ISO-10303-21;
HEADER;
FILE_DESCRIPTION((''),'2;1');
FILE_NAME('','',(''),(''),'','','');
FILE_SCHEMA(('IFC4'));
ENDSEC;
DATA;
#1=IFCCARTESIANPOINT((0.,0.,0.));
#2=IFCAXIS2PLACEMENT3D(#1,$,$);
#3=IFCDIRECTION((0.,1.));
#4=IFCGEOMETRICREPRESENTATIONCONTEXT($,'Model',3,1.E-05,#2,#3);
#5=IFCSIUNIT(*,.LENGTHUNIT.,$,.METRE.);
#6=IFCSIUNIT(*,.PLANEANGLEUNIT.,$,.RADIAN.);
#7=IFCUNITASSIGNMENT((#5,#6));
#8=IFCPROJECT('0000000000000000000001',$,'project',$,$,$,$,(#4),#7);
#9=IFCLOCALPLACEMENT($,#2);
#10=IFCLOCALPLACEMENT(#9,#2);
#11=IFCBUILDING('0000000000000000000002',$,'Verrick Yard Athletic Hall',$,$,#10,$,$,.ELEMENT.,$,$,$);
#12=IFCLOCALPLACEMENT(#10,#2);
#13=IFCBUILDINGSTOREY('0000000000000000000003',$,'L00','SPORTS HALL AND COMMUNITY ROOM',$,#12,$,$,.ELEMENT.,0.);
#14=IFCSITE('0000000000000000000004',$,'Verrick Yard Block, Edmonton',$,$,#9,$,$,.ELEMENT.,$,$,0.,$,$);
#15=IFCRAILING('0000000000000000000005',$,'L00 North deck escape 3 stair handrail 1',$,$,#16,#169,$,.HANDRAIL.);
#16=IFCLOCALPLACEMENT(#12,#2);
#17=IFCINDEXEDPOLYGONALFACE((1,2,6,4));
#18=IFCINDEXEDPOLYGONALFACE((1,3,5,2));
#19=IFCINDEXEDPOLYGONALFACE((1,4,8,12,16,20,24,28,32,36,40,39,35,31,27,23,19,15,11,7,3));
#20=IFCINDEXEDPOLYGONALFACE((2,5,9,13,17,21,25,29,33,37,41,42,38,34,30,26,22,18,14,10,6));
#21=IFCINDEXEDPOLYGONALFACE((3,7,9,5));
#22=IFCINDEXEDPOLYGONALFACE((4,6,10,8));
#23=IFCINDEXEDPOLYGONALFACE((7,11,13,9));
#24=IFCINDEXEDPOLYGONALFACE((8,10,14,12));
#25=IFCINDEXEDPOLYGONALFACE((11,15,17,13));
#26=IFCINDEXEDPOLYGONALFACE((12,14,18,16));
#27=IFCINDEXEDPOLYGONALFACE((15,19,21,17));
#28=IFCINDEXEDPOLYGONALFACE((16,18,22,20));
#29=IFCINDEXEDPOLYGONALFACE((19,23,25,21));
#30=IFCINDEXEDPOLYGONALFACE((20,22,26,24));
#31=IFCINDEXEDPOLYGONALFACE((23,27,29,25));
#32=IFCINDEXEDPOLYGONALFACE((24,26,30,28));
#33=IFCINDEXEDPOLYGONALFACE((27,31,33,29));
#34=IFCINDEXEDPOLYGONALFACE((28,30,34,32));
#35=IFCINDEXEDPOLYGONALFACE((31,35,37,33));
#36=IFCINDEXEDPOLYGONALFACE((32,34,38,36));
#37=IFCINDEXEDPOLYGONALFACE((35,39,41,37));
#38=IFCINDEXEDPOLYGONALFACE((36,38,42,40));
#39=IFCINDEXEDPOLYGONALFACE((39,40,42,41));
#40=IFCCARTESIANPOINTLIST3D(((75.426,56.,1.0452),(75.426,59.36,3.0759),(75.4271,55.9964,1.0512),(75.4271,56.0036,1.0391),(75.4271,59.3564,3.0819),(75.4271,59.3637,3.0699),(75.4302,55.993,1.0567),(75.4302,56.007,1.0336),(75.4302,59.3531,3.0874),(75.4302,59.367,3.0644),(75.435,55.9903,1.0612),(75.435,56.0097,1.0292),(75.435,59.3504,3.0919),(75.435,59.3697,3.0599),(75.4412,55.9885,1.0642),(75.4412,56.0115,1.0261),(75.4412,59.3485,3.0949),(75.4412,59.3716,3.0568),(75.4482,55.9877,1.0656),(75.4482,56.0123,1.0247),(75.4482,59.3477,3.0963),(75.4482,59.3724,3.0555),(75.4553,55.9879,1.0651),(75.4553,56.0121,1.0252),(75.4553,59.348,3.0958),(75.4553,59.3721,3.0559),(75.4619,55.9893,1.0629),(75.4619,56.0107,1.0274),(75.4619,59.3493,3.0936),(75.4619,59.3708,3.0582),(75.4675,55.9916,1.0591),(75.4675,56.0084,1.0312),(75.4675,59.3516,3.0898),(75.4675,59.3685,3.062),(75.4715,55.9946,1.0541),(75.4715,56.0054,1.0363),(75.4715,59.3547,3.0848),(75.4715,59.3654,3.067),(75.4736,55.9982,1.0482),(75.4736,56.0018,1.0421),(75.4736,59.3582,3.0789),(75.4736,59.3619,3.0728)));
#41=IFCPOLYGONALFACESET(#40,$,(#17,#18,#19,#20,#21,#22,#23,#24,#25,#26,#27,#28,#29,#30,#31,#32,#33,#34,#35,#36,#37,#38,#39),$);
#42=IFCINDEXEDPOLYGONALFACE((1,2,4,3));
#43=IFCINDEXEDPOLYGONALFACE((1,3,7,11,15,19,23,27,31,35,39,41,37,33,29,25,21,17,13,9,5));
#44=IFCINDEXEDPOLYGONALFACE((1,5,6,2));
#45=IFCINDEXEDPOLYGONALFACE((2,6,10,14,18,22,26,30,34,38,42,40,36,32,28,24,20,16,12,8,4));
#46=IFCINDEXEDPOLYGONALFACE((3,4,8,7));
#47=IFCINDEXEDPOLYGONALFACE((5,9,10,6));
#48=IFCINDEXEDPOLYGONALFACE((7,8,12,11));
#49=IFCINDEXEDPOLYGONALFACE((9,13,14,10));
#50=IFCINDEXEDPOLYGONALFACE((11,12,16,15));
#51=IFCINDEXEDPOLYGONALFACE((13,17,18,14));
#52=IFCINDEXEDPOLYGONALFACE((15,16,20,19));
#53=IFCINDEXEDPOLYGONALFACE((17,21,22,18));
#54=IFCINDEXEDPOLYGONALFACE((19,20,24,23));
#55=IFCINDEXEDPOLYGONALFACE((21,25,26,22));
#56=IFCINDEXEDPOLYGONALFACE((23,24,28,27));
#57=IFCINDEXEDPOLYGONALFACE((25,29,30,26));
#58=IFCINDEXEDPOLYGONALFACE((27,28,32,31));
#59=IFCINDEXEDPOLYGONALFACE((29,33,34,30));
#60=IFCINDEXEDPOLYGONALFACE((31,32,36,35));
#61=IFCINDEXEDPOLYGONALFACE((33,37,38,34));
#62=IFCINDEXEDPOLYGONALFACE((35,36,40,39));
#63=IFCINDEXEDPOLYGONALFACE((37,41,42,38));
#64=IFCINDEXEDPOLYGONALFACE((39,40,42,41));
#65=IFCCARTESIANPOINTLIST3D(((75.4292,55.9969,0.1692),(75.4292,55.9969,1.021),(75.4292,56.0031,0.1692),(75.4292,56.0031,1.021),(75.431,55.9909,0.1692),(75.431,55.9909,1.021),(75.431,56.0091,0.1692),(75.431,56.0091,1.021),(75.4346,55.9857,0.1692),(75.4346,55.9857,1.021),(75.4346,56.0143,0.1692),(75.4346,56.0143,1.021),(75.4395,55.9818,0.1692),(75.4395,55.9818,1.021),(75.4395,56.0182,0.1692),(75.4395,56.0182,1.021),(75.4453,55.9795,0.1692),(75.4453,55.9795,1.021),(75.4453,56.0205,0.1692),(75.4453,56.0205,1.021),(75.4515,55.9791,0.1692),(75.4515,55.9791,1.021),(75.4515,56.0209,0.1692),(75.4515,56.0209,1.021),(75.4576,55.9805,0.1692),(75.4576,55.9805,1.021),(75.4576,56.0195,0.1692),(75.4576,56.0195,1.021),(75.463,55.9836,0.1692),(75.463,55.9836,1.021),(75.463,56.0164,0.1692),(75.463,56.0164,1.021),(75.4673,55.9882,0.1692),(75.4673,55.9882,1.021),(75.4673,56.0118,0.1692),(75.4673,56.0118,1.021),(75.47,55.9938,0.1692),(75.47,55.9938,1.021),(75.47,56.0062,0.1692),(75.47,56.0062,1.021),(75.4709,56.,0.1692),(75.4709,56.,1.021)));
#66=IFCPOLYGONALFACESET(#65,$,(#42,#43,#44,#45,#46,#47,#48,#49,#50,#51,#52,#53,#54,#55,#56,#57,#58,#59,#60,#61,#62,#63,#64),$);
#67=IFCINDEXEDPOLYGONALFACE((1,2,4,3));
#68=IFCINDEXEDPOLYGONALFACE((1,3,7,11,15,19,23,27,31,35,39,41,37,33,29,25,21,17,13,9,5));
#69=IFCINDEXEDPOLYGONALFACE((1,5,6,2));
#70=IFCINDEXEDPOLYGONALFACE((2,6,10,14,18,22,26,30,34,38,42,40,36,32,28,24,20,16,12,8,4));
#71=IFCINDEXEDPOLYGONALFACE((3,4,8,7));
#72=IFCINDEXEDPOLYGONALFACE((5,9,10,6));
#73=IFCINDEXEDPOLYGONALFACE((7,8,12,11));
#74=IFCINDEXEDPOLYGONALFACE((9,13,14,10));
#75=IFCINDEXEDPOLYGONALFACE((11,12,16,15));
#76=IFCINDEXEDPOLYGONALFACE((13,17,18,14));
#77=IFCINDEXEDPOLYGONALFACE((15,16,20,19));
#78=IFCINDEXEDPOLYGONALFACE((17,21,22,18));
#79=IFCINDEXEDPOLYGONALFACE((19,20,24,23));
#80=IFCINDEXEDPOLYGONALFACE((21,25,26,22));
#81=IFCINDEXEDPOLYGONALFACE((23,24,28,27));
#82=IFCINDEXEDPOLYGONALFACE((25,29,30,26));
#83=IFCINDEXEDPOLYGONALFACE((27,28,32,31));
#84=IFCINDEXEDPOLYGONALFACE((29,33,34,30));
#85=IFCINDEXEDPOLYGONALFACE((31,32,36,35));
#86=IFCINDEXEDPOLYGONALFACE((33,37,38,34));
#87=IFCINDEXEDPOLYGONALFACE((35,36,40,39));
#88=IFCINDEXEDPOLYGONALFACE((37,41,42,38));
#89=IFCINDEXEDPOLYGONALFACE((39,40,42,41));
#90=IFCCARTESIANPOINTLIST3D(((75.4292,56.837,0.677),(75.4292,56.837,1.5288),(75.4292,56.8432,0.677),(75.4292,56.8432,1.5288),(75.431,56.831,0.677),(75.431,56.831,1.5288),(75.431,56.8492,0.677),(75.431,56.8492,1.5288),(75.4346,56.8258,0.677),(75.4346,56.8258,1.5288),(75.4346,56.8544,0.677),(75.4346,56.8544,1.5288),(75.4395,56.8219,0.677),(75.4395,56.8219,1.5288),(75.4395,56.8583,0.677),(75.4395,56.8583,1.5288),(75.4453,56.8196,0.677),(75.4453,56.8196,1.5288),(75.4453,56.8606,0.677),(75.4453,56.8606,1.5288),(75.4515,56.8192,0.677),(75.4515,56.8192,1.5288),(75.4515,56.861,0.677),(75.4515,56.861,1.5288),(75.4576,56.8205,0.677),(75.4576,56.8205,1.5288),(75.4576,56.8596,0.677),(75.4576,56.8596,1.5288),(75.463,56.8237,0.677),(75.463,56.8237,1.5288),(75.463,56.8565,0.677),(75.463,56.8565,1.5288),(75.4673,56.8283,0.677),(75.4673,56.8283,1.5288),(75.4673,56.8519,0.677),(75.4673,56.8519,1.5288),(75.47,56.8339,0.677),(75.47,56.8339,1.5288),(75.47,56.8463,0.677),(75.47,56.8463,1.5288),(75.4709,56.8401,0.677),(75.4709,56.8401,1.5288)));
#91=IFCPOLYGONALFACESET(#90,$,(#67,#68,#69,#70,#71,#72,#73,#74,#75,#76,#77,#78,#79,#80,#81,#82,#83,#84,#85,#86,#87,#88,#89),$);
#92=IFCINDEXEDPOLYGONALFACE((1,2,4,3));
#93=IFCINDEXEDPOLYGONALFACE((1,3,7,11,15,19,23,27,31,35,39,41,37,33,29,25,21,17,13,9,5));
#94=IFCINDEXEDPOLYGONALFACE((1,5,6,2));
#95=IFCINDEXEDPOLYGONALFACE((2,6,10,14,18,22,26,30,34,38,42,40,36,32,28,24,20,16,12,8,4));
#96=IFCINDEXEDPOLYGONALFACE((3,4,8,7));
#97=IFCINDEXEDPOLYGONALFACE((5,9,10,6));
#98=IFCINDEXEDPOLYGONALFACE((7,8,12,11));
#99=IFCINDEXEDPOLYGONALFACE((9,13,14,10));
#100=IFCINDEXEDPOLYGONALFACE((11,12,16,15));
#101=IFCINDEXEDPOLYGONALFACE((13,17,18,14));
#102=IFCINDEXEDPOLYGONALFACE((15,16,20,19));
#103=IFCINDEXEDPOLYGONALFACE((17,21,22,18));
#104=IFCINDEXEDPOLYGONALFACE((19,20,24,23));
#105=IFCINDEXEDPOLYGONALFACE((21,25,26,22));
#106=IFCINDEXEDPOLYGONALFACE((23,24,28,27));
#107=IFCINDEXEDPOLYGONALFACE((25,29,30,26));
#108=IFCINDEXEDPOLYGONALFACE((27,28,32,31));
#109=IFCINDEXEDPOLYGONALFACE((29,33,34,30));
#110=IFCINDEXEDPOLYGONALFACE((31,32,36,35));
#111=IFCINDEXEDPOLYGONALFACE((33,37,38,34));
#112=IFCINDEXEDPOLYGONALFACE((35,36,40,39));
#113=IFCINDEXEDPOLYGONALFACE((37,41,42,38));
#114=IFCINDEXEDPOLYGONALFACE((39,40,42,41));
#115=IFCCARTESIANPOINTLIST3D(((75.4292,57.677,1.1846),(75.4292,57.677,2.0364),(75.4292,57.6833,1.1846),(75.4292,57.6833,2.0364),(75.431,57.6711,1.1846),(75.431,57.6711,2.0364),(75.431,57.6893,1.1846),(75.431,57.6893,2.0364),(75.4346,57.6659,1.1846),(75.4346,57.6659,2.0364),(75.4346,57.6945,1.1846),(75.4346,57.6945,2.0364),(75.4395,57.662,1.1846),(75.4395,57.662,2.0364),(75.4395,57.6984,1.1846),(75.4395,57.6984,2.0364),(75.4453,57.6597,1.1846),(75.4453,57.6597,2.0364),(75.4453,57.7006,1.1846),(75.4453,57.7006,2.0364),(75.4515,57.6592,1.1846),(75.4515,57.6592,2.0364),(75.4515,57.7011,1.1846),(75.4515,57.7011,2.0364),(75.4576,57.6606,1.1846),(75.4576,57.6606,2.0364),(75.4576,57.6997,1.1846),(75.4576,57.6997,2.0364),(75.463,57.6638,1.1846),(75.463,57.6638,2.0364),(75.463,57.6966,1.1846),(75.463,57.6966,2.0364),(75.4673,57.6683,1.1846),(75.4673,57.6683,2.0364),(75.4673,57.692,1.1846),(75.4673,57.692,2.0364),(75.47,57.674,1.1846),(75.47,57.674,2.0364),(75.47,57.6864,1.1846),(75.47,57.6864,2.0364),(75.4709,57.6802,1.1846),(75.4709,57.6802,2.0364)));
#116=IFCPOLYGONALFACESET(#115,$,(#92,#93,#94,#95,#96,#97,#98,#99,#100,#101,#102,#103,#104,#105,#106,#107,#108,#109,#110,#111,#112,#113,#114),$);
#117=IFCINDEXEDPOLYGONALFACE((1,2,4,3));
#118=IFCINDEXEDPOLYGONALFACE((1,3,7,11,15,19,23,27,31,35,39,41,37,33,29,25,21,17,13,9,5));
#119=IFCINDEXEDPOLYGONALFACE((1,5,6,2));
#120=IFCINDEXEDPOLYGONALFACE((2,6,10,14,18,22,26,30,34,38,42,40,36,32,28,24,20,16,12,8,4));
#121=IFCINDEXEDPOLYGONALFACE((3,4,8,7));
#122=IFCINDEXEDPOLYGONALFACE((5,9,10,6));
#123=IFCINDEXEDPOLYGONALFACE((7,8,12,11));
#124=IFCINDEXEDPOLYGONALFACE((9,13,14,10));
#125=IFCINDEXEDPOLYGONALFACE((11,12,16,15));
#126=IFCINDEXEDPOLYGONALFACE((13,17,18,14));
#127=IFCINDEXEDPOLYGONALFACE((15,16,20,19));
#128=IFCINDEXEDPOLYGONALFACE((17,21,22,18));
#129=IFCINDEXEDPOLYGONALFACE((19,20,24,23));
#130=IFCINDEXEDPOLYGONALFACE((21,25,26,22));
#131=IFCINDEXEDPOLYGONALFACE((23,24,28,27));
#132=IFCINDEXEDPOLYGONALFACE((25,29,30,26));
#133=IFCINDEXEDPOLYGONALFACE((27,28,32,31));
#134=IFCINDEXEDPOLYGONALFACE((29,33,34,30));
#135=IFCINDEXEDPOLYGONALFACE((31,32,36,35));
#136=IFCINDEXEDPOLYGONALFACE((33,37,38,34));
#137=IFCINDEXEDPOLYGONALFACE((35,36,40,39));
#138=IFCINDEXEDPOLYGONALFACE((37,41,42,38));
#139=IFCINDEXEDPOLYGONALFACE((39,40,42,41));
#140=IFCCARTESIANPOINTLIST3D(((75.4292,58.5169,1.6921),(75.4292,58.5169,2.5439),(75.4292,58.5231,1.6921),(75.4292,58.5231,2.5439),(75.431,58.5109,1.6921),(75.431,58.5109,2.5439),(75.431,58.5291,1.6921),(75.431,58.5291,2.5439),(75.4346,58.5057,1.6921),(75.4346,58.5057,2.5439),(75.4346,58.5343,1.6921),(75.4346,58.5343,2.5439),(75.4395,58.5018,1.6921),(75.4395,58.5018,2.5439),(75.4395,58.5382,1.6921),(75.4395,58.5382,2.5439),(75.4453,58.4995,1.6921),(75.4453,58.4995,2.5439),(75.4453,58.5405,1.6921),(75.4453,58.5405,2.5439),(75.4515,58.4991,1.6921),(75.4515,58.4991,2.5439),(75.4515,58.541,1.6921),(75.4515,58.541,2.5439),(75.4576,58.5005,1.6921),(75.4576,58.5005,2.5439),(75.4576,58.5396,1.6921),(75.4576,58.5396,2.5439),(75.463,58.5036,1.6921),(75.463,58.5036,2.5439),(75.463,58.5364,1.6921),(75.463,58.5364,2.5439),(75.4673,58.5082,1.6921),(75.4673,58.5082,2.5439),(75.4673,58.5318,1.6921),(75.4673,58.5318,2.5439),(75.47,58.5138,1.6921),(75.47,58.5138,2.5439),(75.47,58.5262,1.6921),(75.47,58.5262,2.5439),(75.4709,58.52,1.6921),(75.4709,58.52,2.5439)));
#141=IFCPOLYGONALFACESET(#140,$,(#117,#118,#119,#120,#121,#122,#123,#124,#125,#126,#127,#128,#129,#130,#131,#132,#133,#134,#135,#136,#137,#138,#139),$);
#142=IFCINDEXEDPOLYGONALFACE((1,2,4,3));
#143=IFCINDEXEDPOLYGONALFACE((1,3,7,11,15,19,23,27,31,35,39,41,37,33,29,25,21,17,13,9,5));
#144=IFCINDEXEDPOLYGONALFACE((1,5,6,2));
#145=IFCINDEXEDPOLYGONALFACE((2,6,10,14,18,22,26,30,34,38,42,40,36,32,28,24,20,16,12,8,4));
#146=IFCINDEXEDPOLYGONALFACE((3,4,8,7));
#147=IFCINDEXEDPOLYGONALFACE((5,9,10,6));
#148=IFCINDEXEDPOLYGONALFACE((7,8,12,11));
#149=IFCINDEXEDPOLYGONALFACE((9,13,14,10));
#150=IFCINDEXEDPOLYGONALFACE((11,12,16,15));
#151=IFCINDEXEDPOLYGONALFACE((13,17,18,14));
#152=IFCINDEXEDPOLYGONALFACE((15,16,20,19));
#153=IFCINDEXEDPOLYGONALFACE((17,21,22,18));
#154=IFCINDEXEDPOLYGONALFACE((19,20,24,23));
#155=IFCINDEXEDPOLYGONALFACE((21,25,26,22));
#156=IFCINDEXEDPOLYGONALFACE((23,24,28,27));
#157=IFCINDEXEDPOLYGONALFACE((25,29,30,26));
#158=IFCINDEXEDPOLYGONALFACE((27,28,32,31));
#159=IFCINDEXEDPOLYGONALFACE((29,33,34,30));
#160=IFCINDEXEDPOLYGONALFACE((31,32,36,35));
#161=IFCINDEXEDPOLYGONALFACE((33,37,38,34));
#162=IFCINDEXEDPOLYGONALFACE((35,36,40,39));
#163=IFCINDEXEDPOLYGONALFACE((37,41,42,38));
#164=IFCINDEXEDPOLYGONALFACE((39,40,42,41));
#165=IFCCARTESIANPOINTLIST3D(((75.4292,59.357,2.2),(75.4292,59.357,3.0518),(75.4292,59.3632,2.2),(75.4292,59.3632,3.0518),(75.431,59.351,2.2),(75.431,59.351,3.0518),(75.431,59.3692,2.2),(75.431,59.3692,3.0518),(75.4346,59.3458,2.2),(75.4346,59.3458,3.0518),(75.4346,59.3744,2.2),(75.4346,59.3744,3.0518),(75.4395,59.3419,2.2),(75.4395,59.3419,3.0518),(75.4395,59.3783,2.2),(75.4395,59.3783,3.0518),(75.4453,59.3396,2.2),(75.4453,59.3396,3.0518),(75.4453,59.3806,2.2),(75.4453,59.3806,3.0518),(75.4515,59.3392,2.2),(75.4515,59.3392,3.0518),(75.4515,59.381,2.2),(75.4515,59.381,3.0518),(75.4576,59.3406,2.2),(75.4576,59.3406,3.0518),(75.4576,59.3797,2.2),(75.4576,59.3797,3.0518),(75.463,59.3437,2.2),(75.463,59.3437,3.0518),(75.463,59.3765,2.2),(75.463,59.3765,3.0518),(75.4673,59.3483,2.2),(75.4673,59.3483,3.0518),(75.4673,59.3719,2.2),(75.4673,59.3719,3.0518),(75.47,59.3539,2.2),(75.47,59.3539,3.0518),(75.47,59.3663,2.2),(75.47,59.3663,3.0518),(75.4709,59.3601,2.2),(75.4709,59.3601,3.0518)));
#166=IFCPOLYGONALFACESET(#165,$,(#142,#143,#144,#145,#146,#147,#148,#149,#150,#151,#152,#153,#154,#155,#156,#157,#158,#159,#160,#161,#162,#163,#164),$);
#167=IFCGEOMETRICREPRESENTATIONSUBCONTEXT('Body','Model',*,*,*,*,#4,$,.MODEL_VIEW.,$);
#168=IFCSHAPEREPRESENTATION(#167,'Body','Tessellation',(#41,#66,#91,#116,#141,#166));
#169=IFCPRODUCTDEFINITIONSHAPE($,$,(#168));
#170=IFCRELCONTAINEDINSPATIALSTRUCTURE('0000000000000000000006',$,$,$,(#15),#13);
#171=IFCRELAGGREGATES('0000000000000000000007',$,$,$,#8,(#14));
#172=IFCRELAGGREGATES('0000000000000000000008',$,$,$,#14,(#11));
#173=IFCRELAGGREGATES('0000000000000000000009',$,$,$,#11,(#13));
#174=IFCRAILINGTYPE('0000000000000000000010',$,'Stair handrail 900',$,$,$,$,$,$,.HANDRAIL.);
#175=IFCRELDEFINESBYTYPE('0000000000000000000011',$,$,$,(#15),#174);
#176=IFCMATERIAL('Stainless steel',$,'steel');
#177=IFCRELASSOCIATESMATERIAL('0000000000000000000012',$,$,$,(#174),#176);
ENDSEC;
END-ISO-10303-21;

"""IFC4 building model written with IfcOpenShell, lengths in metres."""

from ifc_helpers import new_model, si_unit, direction, frame, origin, origin_2d, place, context, subcontext, project, spatial, circle, extrude, material, type_object, element, save


model = new_model("IFC4")

# Units and contexts
model_context = context("Model", 3, precision=1e-05, world=origin(), true_north=direction((0.0, 1.0)))
body_context = subcontext(model_context, "Body", "Model", "MODEL_VIEW")
ifc_project = project(units=[si_unit("LENGTHUNIT", "METRE"), si_unit("PLANEANGLEUNIT", "RADIAN")], contexts=[model_context])

# Site, building, storey
site_placement = place(None, origin())
site = spatial("IfcSite", under=ifc_project, at=site_placement, Name="Verrick Yard Block, Edmonton", CompositionType="ELEMENT", RefElevation=0.0)
building_placement = place(site_placement, origin())
building = spatial("IfcBuilding", under=site, at=building_placement, Name="Verrick Yard Athletic Hall", CompositionType="ELEMENT")
storey_placement = place(building_placement, origin())
storey = spatial("IfcBuildingStorey", under=building, at=storey_placement, Name="L00", Description="SPORTS HALL AND COMMUNITY ROOM", CompositionType="ELEMENT", Elevation=0.0)

# Railing
ifc_material_1 = material(Name="Stainless steel", Category="steel")
railing_type_1 = type_object("IfcRailingType", Name="Stair handrail 900", PredefinedType="HANDRAIL", material=ifc_material_1)
railing_1_placement = place(storey_placement, frame((75.45, 56.0, 0.1692)))
element("IfcRailing", 1, at=railing_1_placement, inside=storey, type_object=railing_type_1, Name="L00 North deck escape 3 stair handrail 1", PredefinedType="HANDRAIL", context=body_context, shape_type="SweptSolid", body=[
    extrude(circle(Radius=0.0239, at=origin_2d()), frame((0.0, 0.0, 0.876), z_axis=(0.0, 0.855837, 0.517246), x_axis=(-1.0, 0.0, 0.0)), (0.0, 0.0, 1.0), 3.926),
    extrude(circle(Radius=0.021, at=origin_2d()), origin(), (0.0, 0.0, 1.0), 0.8518),
    extrude(circle(Radius=0.021, at=origin_2d()), frame((0.0, 0.8401, 0.5078)), (0.0, 0.0, 1.0), 0.8518),
    extrude(circle(Radius=0.021, at=origin_2d()), frame((0.0, 1.6802, 1.0154)), (0.0, 0.0, 1.0), 0.8518),
    extrude(circle(Radius=0.021, at=origin_2d()), frame((0.0, 2.52, 1.5229)), (0.0, 0.0, 1.0), 0.8518),
    extrude(circle(Radius=0.021, at=origin_2d()), frame((0.0, 3.3601, 2.0308)), (0.0, 0.0, 1.0), 0.8518),
])

save(model, "model.ifc")
